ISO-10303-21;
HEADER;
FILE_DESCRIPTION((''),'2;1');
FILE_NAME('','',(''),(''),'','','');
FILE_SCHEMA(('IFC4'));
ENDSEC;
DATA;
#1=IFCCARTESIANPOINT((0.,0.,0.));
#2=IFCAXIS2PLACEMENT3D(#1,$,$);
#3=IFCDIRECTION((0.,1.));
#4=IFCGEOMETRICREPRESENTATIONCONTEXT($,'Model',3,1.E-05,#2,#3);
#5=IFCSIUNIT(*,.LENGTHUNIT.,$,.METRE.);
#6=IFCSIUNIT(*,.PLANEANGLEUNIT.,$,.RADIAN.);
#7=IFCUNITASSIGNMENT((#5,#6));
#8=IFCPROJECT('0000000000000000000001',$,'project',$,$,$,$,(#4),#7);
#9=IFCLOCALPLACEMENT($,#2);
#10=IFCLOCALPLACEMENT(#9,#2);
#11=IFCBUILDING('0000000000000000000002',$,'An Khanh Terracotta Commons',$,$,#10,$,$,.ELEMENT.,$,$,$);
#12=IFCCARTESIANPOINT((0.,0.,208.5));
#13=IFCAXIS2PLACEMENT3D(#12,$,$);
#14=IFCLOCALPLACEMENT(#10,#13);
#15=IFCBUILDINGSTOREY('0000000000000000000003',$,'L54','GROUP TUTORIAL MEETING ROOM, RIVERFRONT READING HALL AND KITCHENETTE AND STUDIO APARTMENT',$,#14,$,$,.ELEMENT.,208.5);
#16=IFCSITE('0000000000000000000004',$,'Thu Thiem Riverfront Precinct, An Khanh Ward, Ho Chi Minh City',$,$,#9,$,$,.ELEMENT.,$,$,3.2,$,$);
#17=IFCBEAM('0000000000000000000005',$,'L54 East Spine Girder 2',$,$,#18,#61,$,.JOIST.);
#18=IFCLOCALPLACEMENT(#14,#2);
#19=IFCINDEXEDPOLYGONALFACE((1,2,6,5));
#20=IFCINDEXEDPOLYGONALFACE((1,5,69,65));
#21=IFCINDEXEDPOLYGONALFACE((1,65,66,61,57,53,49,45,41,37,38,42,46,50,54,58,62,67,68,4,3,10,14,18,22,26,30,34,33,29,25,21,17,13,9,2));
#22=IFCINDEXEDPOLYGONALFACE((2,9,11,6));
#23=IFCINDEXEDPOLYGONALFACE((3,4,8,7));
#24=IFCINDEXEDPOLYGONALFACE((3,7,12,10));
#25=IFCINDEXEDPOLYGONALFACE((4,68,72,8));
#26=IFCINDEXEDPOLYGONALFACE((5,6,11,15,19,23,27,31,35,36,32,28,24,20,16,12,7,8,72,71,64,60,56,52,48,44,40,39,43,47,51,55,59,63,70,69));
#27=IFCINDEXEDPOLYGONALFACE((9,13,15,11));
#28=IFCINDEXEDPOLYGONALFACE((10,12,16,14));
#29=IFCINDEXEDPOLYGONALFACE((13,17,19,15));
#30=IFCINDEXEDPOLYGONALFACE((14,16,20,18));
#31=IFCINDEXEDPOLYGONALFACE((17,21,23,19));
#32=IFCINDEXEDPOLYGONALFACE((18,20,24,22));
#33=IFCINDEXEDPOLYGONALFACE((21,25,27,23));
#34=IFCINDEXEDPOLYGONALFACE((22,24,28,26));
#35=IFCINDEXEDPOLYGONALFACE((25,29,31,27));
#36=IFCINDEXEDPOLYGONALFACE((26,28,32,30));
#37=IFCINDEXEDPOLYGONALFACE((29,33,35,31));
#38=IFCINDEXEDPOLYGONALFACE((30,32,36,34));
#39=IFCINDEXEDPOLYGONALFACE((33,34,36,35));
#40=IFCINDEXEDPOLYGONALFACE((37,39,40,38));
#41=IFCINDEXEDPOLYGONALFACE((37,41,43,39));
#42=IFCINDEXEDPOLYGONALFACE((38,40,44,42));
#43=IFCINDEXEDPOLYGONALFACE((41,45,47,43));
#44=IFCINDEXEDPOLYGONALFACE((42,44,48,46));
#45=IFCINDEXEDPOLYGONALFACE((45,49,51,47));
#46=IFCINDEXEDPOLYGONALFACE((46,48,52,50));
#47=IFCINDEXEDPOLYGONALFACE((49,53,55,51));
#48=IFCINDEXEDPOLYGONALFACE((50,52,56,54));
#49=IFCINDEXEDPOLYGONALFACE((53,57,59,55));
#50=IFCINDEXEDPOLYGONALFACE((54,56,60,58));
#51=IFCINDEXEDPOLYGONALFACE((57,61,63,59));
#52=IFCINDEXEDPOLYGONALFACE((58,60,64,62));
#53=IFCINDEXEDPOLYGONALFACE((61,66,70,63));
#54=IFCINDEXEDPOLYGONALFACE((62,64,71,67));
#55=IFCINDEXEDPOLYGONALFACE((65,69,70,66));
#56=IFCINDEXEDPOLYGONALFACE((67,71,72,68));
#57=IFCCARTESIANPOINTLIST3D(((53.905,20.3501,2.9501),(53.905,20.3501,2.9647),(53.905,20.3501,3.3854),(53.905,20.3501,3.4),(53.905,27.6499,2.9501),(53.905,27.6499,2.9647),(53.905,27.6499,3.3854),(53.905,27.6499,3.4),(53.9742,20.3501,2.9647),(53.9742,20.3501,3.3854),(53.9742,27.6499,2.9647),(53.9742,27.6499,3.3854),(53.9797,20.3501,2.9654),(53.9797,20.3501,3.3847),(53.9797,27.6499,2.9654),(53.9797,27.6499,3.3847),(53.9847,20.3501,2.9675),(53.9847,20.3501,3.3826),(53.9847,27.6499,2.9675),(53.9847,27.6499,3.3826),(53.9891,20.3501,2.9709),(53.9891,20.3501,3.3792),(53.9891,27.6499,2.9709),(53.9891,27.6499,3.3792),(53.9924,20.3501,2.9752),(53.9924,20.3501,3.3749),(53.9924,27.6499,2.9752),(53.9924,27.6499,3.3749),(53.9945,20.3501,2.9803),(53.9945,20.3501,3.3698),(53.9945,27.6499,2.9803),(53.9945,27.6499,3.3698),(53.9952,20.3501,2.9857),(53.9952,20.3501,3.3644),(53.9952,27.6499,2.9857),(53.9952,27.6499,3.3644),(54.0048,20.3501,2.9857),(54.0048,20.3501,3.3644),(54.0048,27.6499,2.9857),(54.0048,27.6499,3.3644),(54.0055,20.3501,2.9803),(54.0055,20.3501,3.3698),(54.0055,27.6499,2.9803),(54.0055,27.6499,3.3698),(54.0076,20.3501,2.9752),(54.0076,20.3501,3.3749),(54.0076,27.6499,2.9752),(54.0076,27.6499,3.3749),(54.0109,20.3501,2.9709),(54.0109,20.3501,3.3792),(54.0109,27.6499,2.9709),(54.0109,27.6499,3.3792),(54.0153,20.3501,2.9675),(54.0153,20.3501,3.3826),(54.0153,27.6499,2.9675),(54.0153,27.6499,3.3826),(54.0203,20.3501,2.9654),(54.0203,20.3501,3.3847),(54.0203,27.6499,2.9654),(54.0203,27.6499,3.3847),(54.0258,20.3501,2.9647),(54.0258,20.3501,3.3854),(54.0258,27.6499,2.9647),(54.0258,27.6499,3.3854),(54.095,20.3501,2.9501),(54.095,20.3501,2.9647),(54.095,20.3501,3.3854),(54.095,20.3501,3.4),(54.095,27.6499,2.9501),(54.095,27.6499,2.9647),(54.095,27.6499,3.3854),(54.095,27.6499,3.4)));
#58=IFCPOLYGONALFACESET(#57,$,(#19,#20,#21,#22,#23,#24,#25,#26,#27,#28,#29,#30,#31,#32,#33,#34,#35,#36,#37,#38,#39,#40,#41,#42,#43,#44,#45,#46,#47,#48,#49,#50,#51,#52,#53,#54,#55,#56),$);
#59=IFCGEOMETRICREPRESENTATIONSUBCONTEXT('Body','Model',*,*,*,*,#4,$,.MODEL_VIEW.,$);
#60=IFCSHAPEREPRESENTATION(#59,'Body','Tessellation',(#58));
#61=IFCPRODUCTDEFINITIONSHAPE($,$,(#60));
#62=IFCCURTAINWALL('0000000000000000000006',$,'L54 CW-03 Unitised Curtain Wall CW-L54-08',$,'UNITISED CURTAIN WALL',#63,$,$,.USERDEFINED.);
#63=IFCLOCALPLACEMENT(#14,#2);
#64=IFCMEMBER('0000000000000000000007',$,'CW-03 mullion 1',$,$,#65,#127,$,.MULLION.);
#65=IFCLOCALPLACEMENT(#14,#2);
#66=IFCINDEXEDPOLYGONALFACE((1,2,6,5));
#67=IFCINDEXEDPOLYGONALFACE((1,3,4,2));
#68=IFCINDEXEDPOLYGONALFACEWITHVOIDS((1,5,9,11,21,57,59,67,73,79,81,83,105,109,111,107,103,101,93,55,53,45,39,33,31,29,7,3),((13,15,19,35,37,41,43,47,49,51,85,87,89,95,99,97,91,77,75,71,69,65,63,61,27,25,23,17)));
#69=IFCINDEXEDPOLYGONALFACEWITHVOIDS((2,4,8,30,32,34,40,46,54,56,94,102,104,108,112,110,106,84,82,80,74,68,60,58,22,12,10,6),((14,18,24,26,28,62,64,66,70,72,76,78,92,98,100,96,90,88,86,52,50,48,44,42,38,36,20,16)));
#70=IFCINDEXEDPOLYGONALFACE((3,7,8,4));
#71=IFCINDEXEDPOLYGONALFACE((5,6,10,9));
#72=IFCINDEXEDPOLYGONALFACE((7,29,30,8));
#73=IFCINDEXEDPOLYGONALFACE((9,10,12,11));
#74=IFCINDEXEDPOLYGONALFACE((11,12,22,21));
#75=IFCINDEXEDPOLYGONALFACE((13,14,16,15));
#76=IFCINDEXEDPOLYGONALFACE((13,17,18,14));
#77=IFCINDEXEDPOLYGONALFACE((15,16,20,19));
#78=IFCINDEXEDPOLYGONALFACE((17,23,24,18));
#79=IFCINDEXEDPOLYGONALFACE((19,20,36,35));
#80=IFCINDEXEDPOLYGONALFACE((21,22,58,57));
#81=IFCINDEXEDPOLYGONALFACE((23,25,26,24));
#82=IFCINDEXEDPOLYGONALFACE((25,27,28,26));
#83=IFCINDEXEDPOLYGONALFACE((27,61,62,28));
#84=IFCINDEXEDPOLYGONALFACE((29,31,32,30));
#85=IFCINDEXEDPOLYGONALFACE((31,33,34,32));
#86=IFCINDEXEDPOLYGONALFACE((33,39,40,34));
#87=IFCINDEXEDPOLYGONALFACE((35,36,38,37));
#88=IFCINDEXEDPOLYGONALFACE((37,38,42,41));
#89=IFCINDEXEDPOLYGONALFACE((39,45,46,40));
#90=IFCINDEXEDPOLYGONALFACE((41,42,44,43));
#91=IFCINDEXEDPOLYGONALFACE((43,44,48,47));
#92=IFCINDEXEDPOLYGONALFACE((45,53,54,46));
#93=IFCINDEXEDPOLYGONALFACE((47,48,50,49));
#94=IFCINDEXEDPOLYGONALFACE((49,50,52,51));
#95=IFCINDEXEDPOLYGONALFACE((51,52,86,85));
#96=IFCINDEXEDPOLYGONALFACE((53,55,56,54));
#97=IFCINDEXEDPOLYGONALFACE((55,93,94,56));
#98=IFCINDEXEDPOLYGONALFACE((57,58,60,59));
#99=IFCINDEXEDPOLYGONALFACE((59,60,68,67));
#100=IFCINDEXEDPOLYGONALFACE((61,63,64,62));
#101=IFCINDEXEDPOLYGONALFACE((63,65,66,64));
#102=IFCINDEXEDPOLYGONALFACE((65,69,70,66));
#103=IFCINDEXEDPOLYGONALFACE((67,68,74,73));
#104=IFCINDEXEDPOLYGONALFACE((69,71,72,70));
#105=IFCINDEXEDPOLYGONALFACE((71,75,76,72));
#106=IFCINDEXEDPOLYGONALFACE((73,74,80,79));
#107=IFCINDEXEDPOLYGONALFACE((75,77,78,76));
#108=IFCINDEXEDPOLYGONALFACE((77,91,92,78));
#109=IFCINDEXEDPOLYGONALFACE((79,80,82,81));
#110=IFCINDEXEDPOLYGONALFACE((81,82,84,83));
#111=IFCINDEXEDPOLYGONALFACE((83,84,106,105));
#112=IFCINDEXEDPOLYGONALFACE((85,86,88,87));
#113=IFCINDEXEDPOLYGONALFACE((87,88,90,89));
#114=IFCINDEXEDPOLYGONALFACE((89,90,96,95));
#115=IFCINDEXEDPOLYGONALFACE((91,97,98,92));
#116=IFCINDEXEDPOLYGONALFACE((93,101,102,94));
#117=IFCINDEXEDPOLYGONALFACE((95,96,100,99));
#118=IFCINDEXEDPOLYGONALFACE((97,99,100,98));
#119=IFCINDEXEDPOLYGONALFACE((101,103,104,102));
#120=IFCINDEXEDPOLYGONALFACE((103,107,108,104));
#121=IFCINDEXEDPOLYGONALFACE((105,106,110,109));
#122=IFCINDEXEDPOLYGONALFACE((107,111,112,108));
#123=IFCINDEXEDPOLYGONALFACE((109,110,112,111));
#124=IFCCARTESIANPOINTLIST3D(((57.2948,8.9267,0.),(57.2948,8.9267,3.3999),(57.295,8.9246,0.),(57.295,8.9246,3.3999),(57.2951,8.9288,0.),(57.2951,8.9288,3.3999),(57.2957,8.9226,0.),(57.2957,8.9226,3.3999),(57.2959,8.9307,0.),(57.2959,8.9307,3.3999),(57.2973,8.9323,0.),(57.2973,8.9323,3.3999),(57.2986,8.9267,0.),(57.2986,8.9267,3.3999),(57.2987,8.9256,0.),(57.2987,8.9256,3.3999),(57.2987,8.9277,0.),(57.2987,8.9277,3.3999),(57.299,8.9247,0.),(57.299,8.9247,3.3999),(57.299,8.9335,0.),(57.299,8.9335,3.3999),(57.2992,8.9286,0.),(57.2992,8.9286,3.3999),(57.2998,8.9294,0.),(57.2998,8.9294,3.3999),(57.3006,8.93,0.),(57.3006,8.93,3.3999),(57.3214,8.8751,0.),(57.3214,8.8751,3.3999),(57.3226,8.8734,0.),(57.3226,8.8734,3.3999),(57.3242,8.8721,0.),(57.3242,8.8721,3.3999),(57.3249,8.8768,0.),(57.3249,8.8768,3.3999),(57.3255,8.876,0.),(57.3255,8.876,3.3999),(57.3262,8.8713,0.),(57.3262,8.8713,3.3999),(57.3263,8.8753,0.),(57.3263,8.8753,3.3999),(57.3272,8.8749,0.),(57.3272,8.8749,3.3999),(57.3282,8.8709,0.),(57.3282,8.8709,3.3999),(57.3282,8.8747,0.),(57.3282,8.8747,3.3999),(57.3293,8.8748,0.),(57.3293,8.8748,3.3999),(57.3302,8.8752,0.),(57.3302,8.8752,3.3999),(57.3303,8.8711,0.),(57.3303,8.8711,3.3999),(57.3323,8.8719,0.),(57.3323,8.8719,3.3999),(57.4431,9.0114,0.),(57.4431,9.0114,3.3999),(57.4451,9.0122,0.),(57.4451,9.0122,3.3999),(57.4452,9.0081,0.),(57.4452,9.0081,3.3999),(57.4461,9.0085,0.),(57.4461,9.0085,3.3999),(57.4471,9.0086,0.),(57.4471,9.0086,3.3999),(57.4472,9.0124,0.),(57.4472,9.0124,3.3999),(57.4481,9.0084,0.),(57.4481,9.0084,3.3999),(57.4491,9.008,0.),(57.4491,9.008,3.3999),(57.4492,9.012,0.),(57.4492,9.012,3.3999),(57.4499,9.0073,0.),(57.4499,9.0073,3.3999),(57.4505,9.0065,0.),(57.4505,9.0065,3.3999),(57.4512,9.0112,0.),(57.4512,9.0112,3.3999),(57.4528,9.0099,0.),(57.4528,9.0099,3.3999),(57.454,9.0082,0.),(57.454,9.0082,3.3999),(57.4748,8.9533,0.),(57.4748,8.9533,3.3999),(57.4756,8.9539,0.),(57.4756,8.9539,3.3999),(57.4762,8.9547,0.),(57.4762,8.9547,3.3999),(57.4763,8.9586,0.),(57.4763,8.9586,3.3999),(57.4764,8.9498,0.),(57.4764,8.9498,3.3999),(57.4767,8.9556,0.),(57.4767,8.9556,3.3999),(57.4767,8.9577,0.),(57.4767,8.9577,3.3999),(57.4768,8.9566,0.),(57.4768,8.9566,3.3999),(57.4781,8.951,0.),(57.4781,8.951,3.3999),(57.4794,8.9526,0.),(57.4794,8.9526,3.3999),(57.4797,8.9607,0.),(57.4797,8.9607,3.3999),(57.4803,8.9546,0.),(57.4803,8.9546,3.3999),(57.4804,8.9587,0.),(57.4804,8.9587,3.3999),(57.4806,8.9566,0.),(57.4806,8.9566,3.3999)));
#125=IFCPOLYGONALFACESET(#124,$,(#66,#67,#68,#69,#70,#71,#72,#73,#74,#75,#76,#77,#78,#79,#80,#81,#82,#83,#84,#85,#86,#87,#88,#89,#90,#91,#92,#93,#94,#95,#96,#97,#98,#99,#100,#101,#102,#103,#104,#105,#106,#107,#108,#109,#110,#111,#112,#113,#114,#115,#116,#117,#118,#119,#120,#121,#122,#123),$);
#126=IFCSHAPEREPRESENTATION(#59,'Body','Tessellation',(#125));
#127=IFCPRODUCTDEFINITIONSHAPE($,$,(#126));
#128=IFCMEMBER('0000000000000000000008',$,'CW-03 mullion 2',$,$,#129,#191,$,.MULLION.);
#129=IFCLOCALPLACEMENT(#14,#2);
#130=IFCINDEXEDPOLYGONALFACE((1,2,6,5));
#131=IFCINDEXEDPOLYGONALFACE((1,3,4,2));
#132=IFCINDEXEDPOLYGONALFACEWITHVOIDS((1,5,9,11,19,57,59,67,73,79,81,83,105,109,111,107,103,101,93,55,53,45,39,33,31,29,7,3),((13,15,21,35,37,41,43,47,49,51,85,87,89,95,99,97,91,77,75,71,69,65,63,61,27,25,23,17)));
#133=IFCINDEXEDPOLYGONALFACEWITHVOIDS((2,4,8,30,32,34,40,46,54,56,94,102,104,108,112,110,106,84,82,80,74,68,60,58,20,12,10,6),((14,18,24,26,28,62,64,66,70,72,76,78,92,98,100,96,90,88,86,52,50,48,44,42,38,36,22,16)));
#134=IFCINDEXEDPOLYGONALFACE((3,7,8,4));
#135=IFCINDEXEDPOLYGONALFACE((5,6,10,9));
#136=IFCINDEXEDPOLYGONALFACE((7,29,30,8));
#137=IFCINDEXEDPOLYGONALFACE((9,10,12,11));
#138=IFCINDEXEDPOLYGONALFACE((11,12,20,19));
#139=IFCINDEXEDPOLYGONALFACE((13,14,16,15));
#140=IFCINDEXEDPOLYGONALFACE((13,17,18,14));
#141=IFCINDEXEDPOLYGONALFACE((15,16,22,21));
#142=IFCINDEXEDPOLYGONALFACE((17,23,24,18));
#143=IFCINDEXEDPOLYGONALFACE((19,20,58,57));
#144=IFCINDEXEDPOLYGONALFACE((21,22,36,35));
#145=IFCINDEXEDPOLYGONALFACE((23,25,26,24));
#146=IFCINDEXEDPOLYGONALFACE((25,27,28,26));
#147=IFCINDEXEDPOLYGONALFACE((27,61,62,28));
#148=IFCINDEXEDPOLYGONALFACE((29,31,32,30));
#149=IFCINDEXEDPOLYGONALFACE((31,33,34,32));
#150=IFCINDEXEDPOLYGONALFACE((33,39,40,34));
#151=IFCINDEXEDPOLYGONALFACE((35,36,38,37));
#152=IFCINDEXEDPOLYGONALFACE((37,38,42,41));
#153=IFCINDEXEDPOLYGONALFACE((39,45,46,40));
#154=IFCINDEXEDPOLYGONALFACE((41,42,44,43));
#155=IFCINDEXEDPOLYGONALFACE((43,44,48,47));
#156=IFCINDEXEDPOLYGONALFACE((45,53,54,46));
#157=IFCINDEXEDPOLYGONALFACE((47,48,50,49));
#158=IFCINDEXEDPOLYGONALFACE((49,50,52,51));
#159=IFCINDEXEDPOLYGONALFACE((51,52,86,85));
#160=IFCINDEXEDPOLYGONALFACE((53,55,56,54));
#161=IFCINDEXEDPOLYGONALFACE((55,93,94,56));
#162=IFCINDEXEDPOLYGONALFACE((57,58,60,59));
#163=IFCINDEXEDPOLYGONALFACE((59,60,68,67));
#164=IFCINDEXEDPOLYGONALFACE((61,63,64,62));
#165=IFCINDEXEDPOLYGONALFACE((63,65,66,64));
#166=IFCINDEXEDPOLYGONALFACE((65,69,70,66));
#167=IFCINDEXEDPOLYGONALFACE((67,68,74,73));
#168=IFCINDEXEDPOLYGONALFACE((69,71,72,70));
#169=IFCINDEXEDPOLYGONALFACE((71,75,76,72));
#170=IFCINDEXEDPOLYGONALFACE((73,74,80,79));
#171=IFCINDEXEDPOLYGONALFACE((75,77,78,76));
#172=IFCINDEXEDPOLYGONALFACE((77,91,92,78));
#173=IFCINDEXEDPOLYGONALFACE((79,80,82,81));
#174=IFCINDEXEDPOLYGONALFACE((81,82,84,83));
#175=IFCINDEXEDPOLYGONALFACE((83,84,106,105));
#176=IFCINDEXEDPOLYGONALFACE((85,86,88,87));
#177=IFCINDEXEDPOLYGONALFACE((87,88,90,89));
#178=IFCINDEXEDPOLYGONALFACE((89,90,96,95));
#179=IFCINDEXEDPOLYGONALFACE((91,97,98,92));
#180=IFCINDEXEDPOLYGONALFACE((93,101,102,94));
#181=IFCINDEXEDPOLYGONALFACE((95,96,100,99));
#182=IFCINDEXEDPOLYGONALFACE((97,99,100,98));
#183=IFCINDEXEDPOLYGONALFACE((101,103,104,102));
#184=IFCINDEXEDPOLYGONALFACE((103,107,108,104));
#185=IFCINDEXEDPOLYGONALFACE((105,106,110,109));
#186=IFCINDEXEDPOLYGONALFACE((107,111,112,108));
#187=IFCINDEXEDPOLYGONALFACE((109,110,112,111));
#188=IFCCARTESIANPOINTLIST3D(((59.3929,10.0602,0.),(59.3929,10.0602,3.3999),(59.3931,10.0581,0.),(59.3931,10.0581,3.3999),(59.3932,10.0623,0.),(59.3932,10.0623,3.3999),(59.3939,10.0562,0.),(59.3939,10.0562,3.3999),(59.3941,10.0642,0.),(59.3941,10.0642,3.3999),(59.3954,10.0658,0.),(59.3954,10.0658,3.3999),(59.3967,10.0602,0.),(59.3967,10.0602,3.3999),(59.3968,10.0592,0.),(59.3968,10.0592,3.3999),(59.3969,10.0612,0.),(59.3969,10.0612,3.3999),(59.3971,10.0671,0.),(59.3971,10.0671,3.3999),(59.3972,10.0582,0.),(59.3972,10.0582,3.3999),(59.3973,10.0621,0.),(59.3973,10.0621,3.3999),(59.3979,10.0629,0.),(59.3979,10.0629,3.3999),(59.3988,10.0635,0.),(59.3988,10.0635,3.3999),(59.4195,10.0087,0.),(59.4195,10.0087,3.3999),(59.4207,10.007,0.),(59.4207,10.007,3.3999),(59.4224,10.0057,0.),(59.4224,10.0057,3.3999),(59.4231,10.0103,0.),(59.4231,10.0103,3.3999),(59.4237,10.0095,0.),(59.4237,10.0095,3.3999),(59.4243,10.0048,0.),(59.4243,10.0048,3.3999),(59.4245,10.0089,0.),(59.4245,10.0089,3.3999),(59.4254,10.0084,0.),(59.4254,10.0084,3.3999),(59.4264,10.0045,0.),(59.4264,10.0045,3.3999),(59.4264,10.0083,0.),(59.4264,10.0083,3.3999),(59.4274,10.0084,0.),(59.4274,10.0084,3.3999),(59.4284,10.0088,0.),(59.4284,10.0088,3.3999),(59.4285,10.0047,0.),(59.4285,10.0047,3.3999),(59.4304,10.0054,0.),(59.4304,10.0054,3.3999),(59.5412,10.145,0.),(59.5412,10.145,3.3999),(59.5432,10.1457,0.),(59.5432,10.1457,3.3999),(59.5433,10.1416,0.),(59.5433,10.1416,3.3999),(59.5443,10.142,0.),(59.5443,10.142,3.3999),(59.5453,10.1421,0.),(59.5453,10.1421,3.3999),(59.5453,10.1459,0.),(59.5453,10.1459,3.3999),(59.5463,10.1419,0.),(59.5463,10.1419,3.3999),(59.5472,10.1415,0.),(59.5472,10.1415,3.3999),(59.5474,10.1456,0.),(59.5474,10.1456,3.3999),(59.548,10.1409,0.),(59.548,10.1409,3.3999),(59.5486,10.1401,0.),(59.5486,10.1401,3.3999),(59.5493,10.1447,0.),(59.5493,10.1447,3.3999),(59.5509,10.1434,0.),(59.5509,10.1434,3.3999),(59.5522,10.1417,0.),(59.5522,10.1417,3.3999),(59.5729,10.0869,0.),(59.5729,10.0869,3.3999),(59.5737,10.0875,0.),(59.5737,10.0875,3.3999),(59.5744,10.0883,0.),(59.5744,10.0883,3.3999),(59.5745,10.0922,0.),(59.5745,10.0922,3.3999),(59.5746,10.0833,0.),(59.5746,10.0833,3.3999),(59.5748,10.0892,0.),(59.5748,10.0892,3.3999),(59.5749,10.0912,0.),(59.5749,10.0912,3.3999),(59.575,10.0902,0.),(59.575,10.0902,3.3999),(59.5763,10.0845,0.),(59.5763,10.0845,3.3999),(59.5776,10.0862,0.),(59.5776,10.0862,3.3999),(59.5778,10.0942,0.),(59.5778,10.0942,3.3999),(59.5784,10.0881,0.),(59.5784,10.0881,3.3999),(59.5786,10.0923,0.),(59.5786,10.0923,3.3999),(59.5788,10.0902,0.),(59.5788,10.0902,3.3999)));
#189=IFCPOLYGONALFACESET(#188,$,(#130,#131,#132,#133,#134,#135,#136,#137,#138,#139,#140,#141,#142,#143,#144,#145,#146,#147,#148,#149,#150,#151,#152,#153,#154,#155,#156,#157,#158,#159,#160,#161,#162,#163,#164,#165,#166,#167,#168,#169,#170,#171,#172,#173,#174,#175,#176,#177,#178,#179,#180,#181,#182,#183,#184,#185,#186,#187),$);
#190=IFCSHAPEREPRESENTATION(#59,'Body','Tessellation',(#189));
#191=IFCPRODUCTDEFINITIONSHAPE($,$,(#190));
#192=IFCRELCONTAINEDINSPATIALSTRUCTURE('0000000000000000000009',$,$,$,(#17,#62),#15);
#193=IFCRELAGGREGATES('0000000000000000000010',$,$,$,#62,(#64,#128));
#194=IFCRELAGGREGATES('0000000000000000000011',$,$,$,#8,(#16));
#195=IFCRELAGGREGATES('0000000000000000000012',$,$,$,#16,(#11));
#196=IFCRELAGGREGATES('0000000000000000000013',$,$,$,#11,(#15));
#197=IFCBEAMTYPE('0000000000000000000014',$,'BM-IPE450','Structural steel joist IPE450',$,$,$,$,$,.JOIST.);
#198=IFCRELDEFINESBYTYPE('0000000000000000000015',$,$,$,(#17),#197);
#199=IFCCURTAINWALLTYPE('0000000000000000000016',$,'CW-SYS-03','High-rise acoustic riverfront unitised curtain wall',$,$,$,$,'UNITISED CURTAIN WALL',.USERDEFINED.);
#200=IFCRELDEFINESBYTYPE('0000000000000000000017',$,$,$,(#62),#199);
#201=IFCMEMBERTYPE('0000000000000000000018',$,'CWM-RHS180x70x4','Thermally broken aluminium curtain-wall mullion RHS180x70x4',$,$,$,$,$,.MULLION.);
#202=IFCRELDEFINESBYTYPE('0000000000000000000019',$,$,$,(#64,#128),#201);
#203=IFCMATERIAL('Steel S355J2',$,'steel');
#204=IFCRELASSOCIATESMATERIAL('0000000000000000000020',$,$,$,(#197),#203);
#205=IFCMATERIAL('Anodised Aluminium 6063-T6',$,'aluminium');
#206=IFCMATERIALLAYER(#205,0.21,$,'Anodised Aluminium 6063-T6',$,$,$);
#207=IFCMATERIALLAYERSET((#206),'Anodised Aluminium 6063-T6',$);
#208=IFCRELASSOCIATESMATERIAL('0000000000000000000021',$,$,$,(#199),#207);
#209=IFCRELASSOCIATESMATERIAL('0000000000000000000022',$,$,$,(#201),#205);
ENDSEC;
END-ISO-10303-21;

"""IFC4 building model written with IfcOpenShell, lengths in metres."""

from ifc_helpers import new_model, si_unit, direction, frame, origin, origin_2d, place, context, subcontext, project, spatial, hollow_rectangle, i_section, extrude, material, layer, layer_set, material_profile, profile_set, type_object, element, aggregate, save


model = new_model("IFC4")

# Units and contexts
model_context = context("Model", 3, precision=1e-05, world=origin(), true_north=direction((0.0, 1.0)))
body_context = subcontext(model_context, "Body", "Model", "MODEL_VIEW")
ifc_project = project(units=[si_unit("LENGTHUNIT", "METRE"), si_unit("PLANEANGLEUNIT", "RADIAN")], contexts=[model_context])

# Site, building, storey
site_placement = place(None, origin())
site = spatial("IfcSite", under=ifc_project, at=site_placement, Name="Thu Thiem Riverfront Precinct, An Khanh Ward, Ho Chi Minh City", CompositionType="ELEMENT", RefElevation=3.2)
building_placement = place(site_placement, origin())
building = spatial("IfcBuilding", under=site, at=building_placement, Name="An Khanh Terracotta Commons", CompositionType="ELEMENT")
storey_placement = place(building_placement, frame((0.0, 0.0, 208.5)))
storey = spatial("IfcBuildingStorey", under=building, at=storey_placement, Name="L54", Description="GROUP TUTORIAL MEETING ROOM, RIVERFRONT READING HALL AND KITCHENETTE AND STUDIO APARTMENT", CompositionType="ELEMENT", Elevation=208.5)

# Beam
ifc_material_1 = material(Name="Steel S355J2", Category="steel")
ifc_material_profile_1 = material_profile(ifc_material_1, i_section(OverallWidth=0.1899, OverallDepth=0.45, WebThickness=0.0095, FlangeThickness=0.0146, FilletRadius=0.021, at=origin_2d()), Name="IPE450")
ifc_profile_set_1 = profile_set([ifc_material_profile_1], Name="Steel S355J2")
beam_type_1 = type_object("IfcBeamType", Name="BM-IPE450", Description="Structural steel joist IPE450", PredefinedType="JOIST", material=ifc_profile_set_1)
beam_1_placement = place(storey_placement, frame((54.0, 20.3501, 3.175), z_axis=(0.0, 1.0, 0.0), x_axis=(-1.0, 0.0, 0.0)))
element("IfcBeam", 1, at=beam_1_placement, inside=storey, type_object=beam_type_1, Name="L54 East Spine Girder 2", PredefinedType="JOIST", context=body_context, shape_type="SweptSolid", body=[
    extrude(i_section(OverallWidth=0.1899, OverallDepth=0.45, WebThickness=0.0095, FlangeThickness=0.0146, FilletRadius=0.021, at=origin_2d()), origin(), (0.0, 0.0, 1.0), 7.2998),
])

# Curtain wall, members
ifc_material_2 = material(Name="Anodised Aluminium 6063-T6", Category="aluminium")
ifc_layer_1 = layer(ifc_material_2, 0.21, Name="Anodised Aluminium 6063-T6")
ifc_layer_set_1 = layer_set([ifc_layer_1], Name="Anodised Aluminium 6063-T6")
curtain_wall_type = type_object("IfcCurtainWallType", Name="CW-SYS-03", Description="High-rise acoustic riverfront unitised curtain wall", ElementType="UNITISED CURTAIN WALL", PredefinedType="USERDEFINED", material=ifc_layer_set_1)
curtain_wall_placement = place(storey_placement, origin())
curtain_wall = element("IfcCurtainWall", 2, at=curtain_wall_placement, inside=storey, type_object=curtain_wall_type, Name="L54 CW-03 Unitised Curtain Wall CW-L54-08", ObjectType="UNITISED CURTAIN WALL", PredefinedType="USERDEFINED")
ifc_material_profile_2 = material_profile(ifc_material_2, hollow_rectangle(XDim=0.0701, YDim=0.1799, WallThickness=0.0039, InnerFilletRadius=0.0039, OuterFilletRadius=0.0081, at=origin_2d()), Name="RHS180x70x4")
ifc_profile_set_2 = profile_set([ifc_material_profile_2], Name="Anodised Aluminium 6063-T6")
member_type_1 = type_object("IfcMemberType", Name="CWM-RHS180x70x4", Description="Thermally broken aluminium curtain-wall mullion RHS180x70x4", PredefinedType="MULLION", material=ifc_profile_set_2)
member_1_placement = place(storey_placement, frame((57.3877, 8.9417, 0.0), z_axis=(0.0, 0.0, 1.0), x_axis=(-0.475381, 0.87978, 0.0)))
member_1 = element("IfcMember", 3, at=member_1_placement, type_object=member_type_1, Name="CW-03 mullion 1", PredefinedType="MULLION", context=body_context, shape_type="SweptSolid", body=[
    extrude(hollow_rectangle(XDim=0.0701, YDim=0.1799, WallThickness=0.0039, InnerFilletRadius=0.0039, OuterFilletRadius=0.0081, at=origin_2d()), origin(), (0.0, 0.0, 1.0), 3.3999),
])
member_2_placement = place(storey_placement, frame((59.4858, 10.0752, 0.0), z_axis=(0.0, 0.0, 1.0), x_axis=(-0.475381, 0.87978, 0.0)))
member_2 = element("IfcMember", 4, at=member_2_placement, type_object=member_type_1, Name="CW-03 mullion 2", PredefinedType="MULLION", context=body_context, shape_type="SweptSolid", body=[
    extrude(hollow_rectangle(XDim=0.0701, YDim=0.1799, WallThickness=0.0039, InnerFilletRadius=0.0039, OuterFilletRadius=0.0081, at=origin_2d()), origin(), (0.0, 0.0, 1.0), 3.3999),
])
aggregate(curtain_wall, [member_1, member_2])

save(model, "model.ifc")
